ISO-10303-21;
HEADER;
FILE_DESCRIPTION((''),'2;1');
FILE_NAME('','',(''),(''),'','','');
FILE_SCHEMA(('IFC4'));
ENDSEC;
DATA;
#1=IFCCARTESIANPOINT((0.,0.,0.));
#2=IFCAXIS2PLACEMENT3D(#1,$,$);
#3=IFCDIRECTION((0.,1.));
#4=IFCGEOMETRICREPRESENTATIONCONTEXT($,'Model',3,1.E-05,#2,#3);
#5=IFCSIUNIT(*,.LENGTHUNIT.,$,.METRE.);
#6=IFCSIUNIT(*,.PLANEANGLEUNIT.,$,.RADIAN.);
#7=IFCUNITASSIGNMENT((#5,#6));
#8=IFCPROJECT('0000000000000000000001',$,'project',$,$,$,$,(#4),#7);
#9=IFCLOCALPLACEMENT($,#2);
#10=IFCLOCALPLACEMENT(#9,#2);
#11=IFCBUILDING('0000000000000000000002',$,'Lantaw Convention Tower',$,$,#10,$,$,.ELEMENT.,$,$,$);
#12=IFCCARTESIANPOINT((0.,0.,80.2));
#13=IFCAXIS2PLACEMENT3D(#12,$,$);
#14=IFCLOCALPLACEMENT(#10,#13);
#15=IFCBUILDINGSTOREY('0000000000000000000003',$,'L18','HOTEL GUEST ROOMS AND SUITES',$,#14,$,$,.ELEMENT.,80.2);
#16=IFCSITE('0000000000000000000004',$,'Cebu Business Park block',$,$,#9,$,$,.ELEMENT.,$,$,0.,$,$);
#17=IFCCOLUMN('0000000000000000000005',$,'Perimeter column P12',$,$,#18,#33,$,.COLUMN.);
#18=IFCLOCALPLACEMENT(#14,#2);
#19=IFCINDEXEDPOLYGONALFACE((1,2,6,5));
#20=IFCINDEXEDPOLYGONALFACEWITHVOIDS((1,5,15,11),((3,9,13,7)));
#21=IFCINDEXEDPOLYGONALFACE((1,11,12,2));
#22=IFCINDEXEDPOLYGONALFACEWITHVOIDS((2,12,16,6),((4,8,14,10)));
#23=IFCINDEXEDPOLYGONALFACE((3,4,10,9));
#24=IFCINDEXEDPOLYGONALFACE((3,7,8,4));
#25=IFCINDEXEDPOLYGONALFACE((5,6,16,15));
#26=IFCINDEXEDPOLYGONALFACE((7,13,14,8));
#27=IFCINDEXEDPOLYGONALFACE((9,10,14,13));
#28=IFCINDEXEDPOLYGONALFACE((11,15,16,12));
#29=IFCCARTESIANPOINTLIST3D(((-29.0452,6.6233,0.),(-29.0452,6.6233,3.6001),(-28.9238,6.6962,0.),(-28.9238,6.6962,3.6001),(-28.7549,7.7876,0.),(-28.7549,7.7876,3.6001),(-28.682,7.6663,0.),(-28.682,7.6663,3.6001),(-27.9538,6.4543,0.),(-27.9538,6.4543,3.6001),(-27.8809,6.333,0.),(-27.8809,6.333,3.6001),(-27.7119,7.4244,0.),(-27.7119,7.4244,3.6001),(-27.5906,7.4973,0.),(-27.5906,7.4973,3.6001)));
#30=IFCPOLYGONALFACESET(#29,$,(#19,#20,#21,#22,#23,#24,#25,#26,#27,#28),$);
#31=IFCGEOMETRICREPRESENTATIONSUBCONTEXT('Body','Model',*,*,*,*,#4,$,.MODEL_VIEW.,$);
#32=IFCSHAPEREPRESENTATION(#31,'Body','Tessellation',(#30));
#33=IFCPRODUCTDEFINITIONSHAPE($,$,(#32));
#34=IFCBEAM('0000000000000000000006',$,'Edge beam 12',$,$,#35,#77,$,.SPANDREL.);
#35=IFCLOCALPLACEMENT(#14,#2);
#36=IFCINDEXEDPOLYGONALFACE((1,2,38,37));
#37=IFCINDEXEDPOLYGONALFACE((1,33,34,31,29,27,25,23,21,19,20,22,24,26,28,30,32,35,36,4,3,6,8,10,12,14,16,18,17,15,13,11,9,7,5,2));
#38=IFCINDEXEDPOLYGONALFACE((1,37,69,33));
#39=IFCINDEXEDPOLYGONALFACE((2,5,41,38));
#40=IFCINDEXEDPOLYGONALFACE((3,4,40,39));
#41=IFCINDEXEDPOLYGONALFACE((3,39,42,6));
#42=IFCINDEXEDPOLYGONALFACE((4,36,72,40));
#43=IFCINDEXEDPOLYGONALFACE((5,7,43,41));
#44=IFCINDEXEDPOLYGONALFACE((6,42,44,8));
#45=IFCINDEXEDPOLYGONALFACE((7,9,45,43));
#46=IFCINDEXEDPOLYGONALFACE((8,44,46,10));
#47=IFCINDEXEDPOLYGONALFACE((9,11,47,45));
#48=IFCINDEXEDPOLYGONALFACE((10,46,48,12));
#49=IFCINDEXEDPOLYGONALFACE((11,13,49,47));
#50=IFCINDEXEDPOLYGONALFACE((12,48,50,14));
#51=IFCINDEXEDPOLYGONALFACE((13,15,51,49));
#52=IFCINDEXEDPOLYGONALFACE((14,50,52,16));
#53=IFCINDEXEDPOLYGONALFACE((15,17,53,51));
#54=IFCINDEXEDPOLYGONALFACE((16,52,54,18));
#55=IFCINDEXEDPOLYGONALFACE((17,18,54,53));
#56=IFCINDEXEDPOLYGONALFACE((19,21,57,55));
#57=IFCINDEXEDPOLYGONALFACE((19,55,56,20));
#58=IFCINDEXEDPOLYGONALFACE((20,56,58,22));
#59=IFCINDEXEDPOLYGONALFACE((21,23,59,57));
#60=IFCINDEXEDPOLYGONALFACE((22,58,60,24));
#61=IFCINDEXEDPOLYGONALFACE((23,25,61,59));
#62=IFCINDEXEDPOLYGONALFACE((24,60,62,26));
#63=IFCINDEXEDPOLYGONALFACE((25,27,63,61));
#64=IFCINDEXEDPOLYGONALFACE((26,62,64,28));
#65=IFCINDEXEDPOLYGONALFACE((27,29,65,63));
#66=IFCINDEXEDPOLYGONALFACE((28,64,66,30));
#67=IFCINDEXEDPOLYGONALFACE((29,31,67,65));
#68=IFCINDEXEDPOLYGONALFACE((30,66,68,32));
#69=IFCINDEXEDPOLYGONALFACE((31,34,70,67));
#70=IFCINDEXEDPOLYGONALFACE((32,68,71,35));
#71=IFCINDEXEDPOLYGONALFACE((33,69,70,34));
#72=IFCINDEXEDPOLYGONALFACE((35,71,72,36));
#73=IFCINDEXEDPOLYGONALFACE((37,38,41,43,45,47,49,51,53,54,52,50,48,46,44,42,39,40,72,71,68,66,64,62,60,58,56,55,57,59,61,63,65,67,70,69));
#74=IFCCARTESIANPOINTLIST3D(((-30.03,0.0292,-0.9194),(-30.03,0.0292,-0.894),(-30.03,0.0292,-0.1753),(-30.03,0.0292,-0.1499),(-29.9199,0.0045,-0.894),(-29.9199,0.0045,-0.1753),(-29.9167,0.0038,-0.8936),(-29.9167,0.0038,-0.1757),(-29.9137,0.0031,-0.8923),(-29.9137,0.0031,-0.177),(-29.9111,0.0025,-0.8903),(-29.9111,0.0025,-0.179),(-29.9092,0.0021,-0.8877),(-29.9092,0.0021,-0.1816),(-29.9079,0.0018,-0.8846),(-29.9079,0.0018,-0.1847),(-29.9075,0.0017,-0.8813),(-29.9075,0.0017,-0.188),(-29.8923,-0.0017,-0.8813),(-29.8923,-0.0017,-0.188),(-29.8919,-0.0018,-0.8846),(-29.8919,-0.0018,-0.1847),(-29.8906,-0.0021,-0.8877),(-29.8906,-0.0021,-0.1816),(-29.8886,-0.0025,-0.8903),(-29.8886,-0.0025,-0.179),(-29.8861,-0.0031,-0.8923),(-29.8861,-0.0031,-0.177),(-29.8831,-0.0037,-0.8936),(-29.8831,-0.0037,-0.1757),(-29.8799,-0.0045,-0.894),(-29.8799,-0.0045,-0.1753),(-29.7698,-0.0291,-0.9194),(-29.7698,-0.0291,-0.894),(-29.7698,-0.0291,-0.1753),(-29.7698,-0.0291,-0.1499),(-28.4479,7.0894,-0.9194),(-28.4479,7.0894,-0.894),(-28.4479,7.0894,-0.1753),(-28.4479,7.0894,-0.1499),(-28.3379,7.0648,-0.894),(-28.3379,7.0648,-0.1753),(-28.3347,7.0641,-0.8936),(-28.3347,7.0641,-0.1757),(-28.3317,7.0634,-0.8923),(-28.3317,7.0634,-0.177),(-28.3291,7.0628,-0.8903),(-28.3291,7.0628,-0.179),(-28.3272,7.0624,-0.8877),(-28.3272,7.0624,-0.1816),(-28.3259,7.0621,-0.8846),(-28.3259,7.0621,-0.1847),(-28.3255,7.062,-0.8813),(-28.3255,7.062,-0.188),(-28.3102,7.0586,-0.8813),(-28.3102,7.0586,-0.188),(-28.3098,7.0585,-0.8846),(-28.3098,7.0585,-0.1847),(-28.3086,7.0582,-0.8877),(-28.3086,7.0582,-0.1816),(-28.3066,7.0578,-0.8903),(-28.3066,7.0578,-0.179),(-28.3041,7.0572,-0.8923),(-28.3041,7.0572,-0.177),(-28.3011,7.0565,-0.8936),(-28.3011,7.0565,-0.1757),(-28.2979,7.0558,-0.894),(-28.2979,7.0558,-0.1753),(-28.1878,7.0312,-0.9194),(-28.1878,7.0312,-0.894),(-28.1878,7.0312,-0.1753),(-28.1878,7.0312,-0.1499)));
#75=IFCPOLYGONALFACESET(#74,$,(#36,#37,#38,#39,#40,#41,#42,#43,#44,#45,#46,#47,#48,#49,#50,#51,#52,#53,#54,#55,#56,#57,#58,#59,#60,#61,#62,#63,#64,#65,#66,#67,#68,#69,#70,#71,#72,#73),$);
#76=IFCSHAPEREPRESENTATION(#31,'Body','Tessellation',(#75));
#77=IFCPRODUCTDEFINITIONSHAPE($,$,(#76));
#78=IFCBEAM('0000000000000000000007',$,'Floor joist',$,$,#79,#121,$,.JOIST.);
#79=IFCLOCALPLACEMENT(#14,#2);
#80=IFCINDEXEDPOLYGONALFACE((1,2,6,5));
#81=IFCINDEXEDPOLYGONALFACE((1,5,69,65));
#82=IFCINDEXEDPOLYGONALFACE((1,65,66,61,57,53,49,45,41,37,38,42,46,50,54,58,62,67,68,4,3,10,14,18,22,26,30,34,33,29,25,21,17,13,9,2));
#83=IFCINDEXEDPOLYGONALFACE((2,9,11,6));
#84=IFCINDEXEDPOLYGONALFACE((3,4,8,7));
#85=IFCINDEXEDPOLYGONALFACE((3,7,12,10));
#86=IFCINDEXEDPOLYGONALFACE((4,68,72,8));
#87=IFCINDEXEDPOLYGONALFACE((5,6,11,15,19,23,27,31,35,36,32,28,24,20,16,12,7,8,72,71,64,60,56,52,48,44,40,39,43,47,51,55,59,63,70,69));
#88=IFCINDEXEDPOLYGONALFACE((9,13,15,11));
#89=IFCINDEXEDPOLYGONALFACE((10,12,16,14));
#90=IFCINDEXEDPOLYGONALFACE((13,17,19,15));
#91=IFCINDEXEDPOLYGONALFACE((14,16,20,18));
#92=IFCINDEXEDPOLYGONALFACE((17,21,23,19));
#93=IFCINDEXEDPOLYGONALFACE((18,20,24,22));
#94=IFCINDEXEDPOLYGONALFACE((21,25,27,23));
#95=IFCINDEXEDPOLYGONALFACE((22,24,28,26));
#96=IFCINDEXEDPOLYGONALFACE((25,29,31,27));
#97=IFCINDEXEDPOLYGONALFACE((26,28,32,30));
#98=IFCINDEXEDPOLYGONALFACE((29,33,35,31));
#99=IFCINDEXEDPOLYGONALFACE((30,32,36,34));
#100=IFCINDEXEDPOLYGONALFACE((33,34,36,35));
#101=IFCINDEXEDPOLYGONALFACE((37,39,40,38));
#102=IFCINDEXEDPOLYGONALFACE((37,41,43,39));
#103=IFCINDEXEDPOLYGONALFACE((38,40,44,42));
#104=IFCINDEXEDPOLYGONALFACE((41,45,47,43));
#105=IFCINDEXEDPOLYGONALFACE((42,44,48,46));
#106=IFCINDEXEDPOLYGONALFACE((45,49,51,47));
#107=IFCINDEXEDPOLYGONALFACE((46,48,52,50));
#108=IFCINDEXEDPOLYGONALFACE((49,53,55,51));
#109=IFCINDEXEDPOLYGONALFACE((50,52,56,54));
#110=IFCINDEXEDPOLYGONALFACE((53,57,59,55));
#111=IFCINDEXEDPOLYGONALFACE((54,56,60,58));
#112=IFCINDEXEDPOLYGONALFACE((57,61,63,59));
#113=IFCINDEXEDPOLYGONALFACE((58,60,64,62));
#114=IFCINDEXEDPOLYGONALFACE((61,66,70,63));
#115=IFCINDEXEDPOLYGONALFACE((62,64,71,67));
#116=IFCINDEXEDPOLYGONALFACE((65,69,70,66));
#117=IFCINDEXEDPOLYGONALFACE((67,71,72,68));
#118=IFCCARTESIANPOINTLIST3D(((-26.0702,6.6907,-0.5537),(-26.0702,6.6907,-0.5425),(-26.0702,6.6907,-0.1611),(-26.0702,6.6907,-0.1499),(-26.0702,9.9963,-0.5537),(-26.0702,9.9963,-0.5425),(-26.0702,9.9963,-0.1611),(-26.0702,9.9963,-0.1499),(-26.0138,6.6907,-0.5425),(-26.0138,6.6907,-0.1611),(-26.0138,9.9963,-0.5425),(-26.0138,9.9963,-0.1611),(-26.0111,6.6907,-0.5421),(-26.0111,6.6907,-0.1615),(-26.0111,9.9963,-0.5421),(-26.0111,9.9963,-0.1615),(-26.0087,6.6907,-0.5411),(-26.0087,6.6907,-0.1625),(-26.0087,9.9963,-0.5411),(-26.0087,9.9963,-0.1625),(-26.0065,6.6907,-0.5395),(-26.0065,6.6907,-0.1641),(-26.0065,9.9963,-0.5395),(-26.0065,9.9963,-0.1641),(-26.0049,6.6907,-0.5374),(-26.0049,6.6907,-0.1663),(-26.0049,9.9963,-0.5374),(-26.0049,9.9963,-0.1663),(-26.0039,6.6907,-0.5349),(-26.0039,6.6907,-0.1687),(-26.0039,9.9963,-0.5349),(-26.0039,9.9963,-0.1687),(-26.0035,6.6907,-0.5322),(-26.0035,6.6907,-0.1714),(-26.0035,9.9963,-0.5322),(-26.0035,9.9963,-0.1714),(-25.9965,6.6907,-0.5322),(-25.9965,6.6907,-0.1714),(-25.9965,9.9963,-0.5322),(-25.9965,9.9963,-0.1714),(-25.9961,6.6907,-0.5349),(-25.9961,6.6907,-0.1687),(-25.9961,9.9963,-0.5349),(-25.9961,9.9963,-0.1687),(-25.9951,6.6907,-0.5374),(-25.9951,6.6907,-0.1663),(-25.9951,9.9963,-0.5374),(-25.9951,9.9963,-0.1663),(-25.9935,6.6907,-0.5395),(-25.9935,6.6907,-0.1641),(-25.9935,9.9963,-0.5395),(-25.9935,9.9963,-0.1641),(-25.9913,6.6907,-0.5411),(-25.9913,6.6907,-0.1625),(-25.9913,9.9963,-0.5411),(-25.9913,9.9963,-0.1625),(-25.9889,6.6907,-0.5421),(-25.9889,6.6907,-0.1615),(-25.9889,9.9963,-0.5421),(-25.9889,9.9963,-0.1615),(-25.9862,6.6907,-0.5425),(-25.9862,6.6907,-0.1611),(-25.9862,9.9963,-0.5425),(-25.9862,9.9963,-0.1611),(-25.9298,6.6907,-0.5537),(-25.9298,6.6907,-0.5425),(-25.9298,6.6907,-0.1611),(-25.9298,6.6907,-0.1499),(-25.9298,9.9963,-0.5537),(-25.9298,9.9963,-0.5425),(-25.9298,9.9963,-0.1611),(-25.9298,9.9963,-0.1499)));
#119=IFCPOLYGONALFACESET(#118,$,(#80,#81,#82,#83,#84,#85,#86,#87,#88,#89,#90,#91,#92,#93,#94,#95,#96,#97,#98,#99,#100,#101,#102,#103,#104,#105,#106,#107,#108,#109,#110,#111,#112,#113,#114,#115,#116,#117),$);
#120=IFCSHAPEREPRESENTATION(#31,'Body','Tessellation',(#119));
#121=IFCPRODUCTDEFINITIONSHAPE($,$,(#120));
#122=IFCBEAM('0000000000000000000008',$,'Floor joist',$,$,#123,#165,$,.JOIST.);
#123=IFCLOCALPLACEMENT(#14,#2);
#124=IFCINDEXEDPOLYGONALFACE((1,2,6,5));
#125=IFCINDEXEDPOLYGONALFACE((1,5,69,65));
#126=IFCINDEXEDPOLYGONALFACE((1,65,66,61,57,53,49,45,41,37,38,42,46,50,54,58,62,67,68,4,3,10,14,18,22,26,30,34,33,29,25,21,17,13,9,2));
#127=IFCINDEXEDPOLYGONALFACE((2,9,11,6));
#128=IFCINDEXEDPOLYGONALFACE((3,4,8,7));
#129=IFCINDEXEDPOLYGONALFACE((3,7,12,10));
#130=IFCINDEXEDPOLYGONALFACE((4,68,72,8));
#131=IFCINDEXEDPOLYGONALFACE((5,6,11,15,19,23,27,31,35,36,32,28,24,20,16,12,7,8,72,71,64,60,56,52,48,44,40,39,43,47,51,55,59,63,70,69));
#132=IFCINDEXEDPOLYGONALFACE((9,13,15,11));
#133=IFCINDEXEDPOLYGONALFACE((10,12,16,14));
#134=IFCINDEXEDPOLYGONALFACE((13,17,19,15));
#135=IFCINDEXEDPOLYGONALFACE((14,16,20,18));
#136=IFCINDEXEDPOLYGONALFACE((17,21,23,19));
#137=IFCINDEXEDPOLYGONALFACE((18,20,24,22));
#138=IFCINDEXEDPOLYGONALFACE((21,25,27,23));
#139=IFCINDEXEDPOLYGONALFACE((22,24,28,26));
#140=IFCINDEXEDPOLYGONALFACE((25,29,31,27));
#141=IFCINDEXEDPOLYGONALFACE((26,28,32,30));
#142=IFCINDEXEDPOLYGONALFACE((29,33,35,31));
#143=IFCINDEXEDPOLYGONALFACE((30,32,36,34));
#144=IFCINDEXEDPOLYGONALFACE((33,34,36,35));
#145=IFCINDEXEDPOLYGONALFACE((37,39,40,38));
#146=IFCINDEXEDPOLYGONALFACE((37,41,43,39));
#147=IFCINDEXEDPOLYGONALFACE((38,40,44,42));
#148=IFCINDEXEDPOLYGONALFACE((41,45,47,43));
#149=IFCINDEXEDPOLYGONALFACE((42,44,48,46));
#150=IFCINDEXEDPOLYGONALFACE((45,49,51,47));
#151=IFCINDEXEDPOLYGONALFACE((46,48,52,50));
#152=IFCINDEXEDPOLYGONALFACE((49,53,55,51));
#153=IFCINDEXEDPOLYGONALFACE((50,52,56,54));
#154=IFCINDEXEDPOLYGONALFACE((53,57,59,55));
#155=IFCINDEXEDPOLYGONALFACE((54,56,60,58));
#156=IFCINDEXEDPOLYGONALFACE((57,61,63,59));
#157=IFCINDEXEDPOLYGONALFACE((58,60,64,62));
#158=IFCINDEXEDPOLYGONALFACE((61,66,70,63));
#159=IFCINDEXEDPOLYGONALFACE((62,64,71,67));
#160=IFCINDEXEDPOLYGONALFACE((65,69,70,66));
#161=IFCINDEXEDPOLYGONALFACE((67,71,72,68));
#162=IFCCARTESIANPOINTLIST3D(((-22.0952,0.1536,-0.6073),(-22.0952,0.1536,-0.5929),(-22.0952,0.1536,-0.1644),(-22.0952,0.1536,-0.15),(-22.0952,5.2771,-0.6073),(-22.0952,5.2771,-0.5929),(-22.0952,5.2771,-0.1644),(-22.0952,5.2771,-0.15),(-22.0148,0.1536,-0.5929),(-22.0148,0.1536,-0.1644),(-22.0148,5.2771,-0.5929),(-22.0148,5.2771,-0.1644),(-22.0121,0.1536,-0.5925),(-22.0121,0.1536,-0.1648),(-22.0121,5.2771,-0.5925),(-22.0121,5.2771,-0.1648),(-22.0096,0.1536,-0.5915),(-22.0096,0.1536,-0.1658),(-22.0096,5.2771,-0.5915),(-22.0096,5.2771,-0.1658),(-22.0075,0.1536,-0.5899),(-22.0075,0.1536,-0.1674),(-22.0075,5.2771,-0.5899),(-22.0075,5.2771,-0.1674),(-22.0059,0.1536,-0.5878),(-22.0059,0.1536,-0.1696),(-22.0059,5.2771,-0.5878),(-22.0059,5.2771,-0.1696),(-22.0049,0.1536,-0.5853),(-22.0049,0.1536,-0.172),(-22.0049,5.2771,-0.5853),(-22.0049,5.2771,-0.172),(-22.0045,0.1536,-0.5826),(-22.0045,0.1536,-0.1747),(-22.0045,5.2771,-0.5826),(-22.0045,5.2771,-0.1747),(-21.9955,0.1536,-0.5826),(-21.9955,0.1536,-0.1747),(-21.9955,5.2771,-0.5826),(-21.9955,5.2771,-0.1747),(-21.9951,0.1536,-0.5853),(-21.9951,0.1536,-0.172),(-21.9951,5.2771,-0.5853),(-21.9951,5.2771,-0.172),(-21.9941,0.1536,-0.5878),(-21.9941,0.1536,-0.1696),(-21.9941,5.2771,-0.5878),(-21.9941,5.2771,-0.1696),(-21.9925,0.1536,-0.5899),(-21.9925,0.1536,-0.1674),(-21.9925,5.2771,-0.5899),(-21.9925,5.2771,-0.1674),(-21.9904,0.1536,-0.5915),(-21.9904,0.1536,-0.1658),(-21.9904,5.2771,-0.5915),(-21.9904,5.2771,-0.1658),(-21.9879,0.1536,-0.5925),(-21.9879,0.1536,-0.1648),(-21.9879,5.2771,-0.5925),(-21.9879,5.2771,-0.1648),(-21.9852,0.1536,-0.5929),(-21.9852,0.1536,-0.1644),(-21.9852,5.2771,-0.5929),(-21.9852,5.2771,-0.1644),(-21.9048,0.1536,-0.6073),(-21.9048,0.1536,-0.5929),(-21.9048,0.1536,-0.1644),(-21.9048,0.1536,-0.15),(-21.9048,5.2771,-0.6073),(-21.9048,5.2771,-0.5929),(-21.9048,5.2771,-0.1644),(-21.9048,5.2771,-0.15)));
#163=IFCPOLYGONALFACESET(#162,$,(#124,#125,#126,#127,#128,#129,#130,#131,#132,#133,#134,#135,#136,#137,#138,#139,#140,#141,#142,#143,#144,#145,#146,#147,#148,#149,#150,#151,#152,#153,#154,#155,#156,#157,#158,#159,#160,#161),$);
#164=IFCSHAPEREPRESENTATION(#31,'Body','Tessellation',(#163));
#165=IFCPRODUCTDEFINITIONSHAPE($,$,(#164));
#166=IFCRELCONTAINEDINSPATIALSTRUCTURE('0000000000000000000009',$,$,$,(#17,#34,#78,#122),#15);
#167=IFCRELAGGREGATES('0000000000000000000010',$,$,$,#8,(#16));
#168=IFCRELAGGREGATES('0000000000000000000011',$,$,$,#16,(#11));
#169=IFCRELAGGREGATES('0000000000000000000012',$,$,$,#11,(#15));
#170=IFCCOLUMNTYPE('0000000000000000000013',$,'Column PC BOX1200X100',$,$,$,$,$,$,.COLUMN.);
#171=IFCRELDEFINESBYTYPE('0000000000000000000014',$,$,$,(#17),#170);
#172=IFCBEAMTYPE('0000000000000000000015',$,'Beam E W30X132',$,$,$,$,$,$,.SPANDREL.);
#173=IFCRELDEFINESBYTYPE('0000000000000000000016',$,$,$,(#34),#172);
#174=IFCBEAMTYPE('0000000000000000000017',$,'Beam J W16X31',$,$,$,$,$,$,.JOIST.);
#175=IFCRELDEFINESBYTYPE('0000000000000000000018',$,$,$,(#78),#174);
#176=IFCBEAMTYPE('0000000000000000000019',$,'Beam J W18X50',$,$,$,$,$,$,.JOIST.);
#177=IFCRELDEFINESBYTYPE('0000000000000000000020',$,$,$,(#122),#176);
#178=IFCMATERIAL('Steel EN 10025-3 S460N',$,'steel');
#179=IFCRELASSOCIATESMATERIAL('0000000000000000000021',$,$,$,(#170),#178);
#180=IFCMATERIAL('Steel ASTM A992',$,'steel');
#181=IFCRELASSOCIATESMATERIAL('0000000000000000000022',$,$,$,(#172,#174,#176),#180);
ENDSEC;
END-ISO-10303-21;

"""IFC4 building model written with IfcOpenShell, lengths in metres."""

from ifc_helpers import new_model, si_unit, direction, frame, origin, origin_2d, place, context, subcontext, project, spatial, rectangle, hollow_rectangle, i_section, extrude, material, material_profile, profile_set, type_object, element, save


model = new_model("IFC4")

# Units and contexts
model_context = context("Model", 3, precision=1e-05, world=origin(), true_north=direction((0.0, 1.0)))
body_context = subcontext(model_context, "Body", "Model", "MODEL_VIEW")
ifc_project = project(units=[si_unit("LENGTHUNIT", "METRE"), si_unit("PLANEANGLEUNIT", "RADIAN")], contexts=[model_context])

# Site, building, storey
site_placement = place(None, origin())
site = spatial("IfcSite", under=ifc_project, at=site_placement, Name="Cebu Business Park block", CompositionType="ELEMENT", RefElevation=0.0)
building_placement = place(site_placement, origin())
building = spatial("IfcBuilding", under=site, at=building_placement, Name="Lantaw Convention Tower", CompositionType="ELEMENT")
storey_placement = place(building_placement, frame((0.0, 0.0, 80.2)))
storey = spatial("IfcBuildingStorey", under=building, at=storey_placement, Name="L18", Description="HOTEL GUEST ROOMS AND SUITES", CompositionType="ELEMENT", Elevation=80.2)

# Column
ifc_material_1 = material(Name="Steel EN 10025-3 S460N", Category="steel")
ifc_material_profile_1 = material_profile(ifc_material_1, hollow_rectangle(XDim=1.2, YDim=1.2, WallThickness=0.1001, at=origin_2d()), Name="BOX1200X100")
ifc_material_2 = material(Name="Concrete C60/75", Category="concrete")
ifc_material_profile_2 = material_profile(ifc_material_2, rectangle(XDim=1.0, YDim=1.0, at=origin_2d()), Name="Concrete fill of BOX1200X100")
ifc_profile_set_1 = profile_set([ifc_material_profile_1, ifc_material_profile_2], Name="Steel EN 10025-3 S460N")
column_type = type_object("IfcColumnType", Name="Column PC BOX1200X100", PredefinedType="COLUMN", material=ifc_profile_set_1)
column_placement = place(storey_placement, frame((-28.3179, 7.0603, 0.0), z_axis=(0.0, 0.0, 1.0), x_axis=(0.241922, 0.970296, 0.0)))
element("IfcColumn", 1, at=column_placement, inside=storey, type_object=column_type, Name="Perimeter column P12", PredefinedType="COLUMN", context=body_context, shape_type="SweptSolid", body=[
    extrude(hollow_rectangle(XDim=1.2, YDim=1.2, WallThickness=0.1001, at=origin_2d()), origin(), (0.0, 0.0, 1.0), 3.6001),
])

# Beams
ifc_material_3 = material(Name="Steel ASTM A992", Category="steel")
ifc_material_profile_3 = material_profile(ifc_material_3, i_section(OverallWidth=0.2666, OverallDepth=0.7695, WebThickness=0.0156, FlangeThickness=0.0254, FilletRadius=0.0127, at=origin_2d()), Name="W30X132")
ifc_profile_set_2 = profile_set([ifc_material_profile_3], Name="Steel ASTM A992")
beam_type_1 = type_object("IfcBeamType", Name="Beam E W30X132", PredefinedType="SPANDREL", material=ifc_profile_set_2)
beam_1_placement = place(storey_placement, frame((-28.3179, 7.0603, -0.5347), z_axis=(-0.218652, -0.975803, 0.0), x_axis=(0.975803, -0.218652, 0.0)))
element("IfcBeam", 2, at=beam_1_placement, inside=storey, type_object=beam_type_1, Name="Edge beam 12", PredefinedType="SPANDREL", context=body_context, shape_type="SweptSolid", body=[
    extrude(i_section(OverallWidth=0.2666, OverallDepth=0.7695, WebThickness=0.0156, FlangeThickness=0.0254, FilletRadius=0.0127, at=origin_2d()), origin(), (0.0, 0.0, 1.0), 7.2354),
])
ifc_material_profile_4 = material_profile(ifc_material_3, i_section(OverallWidth=0.1404, OverallDepth=0.4038, WebThickness=0.0071, FlangeThickness=0.0112, FilletRadius=0.0103, at=origin_2d()), Name="W16X31")
ifc_profile_set_3 = profile_set([ifc_material_profile_4], Name="Steel ASTM A992")
beam_type_2 = type_object("IfcBeamType", Name="Beam J W16X31", PredefinedType="JOIST", material=ifc_profile_set_3)
beam_2_placement = place(storey_placement, frame((-26.0, 6.6907, -0.3518), z_axis=(0.0, 1.0, 0.0), x_axis=(-1.0, 0.0, 0.0)))
element("IfcBeam", 3, at=beam_2_placement, inside=storey, type_object=beam_type_2, Name="Floor joist", PredefinedType="JOIST", context=body_context, shape_type="SweptSolid", body=[
    extrude(i_section(OverallWidth=0.1404, OverallDepth=0.4038, WebThickness=0.0071, FlangeThickness=0.0112, FilletRadius=0.0103, at=origin_2d()), origin(), (0.0, 0.0, 1.0), 3.3057),
])
ifc_material_profile_5 = material_profile(ifc_material_3, i_section(OverallWidth=0.1904, OverallDepth=0.4573, WebThickness=0.009, FlangeThickness=0.0144, FilletRadius=0.0103, at=origin_2d()), Name="W18X50")
ifc_profile_set_4 = profile_set([ifc_material_profile_5], Name="Steel ASTM A992")
beam_type_3 = type_object("IfcBeamType", Name="Beam J W18X50", PredefinedType="JOIST", material=ifc_profile_set_4)
beam_3_placement = place(storey_placement, frame((-22.0, 0.1536, -0.3787), z_axis=(0.0, 1.0, 0.0), x_axis=(-1.0, 0.0, 0.0)))
element("IfcBeam", 4, at=beam_3_placement, inside=storey, type_object=beam_type_3, Name="Floor joist", PredefinedType="JOIST", context=body_context, shape_type="SweptSolid", body=[
    extrude(i_section(OverallWidth=0.1904, OverallDepth=0.4573, WebThickness=0.009, FlangeThickness=0.0144, FilletRadius=0.0103, at=origin_2d()), origin(), (0.0, 0.0, 1.0), 5.1235),
])

save(model, "model.ifc")
